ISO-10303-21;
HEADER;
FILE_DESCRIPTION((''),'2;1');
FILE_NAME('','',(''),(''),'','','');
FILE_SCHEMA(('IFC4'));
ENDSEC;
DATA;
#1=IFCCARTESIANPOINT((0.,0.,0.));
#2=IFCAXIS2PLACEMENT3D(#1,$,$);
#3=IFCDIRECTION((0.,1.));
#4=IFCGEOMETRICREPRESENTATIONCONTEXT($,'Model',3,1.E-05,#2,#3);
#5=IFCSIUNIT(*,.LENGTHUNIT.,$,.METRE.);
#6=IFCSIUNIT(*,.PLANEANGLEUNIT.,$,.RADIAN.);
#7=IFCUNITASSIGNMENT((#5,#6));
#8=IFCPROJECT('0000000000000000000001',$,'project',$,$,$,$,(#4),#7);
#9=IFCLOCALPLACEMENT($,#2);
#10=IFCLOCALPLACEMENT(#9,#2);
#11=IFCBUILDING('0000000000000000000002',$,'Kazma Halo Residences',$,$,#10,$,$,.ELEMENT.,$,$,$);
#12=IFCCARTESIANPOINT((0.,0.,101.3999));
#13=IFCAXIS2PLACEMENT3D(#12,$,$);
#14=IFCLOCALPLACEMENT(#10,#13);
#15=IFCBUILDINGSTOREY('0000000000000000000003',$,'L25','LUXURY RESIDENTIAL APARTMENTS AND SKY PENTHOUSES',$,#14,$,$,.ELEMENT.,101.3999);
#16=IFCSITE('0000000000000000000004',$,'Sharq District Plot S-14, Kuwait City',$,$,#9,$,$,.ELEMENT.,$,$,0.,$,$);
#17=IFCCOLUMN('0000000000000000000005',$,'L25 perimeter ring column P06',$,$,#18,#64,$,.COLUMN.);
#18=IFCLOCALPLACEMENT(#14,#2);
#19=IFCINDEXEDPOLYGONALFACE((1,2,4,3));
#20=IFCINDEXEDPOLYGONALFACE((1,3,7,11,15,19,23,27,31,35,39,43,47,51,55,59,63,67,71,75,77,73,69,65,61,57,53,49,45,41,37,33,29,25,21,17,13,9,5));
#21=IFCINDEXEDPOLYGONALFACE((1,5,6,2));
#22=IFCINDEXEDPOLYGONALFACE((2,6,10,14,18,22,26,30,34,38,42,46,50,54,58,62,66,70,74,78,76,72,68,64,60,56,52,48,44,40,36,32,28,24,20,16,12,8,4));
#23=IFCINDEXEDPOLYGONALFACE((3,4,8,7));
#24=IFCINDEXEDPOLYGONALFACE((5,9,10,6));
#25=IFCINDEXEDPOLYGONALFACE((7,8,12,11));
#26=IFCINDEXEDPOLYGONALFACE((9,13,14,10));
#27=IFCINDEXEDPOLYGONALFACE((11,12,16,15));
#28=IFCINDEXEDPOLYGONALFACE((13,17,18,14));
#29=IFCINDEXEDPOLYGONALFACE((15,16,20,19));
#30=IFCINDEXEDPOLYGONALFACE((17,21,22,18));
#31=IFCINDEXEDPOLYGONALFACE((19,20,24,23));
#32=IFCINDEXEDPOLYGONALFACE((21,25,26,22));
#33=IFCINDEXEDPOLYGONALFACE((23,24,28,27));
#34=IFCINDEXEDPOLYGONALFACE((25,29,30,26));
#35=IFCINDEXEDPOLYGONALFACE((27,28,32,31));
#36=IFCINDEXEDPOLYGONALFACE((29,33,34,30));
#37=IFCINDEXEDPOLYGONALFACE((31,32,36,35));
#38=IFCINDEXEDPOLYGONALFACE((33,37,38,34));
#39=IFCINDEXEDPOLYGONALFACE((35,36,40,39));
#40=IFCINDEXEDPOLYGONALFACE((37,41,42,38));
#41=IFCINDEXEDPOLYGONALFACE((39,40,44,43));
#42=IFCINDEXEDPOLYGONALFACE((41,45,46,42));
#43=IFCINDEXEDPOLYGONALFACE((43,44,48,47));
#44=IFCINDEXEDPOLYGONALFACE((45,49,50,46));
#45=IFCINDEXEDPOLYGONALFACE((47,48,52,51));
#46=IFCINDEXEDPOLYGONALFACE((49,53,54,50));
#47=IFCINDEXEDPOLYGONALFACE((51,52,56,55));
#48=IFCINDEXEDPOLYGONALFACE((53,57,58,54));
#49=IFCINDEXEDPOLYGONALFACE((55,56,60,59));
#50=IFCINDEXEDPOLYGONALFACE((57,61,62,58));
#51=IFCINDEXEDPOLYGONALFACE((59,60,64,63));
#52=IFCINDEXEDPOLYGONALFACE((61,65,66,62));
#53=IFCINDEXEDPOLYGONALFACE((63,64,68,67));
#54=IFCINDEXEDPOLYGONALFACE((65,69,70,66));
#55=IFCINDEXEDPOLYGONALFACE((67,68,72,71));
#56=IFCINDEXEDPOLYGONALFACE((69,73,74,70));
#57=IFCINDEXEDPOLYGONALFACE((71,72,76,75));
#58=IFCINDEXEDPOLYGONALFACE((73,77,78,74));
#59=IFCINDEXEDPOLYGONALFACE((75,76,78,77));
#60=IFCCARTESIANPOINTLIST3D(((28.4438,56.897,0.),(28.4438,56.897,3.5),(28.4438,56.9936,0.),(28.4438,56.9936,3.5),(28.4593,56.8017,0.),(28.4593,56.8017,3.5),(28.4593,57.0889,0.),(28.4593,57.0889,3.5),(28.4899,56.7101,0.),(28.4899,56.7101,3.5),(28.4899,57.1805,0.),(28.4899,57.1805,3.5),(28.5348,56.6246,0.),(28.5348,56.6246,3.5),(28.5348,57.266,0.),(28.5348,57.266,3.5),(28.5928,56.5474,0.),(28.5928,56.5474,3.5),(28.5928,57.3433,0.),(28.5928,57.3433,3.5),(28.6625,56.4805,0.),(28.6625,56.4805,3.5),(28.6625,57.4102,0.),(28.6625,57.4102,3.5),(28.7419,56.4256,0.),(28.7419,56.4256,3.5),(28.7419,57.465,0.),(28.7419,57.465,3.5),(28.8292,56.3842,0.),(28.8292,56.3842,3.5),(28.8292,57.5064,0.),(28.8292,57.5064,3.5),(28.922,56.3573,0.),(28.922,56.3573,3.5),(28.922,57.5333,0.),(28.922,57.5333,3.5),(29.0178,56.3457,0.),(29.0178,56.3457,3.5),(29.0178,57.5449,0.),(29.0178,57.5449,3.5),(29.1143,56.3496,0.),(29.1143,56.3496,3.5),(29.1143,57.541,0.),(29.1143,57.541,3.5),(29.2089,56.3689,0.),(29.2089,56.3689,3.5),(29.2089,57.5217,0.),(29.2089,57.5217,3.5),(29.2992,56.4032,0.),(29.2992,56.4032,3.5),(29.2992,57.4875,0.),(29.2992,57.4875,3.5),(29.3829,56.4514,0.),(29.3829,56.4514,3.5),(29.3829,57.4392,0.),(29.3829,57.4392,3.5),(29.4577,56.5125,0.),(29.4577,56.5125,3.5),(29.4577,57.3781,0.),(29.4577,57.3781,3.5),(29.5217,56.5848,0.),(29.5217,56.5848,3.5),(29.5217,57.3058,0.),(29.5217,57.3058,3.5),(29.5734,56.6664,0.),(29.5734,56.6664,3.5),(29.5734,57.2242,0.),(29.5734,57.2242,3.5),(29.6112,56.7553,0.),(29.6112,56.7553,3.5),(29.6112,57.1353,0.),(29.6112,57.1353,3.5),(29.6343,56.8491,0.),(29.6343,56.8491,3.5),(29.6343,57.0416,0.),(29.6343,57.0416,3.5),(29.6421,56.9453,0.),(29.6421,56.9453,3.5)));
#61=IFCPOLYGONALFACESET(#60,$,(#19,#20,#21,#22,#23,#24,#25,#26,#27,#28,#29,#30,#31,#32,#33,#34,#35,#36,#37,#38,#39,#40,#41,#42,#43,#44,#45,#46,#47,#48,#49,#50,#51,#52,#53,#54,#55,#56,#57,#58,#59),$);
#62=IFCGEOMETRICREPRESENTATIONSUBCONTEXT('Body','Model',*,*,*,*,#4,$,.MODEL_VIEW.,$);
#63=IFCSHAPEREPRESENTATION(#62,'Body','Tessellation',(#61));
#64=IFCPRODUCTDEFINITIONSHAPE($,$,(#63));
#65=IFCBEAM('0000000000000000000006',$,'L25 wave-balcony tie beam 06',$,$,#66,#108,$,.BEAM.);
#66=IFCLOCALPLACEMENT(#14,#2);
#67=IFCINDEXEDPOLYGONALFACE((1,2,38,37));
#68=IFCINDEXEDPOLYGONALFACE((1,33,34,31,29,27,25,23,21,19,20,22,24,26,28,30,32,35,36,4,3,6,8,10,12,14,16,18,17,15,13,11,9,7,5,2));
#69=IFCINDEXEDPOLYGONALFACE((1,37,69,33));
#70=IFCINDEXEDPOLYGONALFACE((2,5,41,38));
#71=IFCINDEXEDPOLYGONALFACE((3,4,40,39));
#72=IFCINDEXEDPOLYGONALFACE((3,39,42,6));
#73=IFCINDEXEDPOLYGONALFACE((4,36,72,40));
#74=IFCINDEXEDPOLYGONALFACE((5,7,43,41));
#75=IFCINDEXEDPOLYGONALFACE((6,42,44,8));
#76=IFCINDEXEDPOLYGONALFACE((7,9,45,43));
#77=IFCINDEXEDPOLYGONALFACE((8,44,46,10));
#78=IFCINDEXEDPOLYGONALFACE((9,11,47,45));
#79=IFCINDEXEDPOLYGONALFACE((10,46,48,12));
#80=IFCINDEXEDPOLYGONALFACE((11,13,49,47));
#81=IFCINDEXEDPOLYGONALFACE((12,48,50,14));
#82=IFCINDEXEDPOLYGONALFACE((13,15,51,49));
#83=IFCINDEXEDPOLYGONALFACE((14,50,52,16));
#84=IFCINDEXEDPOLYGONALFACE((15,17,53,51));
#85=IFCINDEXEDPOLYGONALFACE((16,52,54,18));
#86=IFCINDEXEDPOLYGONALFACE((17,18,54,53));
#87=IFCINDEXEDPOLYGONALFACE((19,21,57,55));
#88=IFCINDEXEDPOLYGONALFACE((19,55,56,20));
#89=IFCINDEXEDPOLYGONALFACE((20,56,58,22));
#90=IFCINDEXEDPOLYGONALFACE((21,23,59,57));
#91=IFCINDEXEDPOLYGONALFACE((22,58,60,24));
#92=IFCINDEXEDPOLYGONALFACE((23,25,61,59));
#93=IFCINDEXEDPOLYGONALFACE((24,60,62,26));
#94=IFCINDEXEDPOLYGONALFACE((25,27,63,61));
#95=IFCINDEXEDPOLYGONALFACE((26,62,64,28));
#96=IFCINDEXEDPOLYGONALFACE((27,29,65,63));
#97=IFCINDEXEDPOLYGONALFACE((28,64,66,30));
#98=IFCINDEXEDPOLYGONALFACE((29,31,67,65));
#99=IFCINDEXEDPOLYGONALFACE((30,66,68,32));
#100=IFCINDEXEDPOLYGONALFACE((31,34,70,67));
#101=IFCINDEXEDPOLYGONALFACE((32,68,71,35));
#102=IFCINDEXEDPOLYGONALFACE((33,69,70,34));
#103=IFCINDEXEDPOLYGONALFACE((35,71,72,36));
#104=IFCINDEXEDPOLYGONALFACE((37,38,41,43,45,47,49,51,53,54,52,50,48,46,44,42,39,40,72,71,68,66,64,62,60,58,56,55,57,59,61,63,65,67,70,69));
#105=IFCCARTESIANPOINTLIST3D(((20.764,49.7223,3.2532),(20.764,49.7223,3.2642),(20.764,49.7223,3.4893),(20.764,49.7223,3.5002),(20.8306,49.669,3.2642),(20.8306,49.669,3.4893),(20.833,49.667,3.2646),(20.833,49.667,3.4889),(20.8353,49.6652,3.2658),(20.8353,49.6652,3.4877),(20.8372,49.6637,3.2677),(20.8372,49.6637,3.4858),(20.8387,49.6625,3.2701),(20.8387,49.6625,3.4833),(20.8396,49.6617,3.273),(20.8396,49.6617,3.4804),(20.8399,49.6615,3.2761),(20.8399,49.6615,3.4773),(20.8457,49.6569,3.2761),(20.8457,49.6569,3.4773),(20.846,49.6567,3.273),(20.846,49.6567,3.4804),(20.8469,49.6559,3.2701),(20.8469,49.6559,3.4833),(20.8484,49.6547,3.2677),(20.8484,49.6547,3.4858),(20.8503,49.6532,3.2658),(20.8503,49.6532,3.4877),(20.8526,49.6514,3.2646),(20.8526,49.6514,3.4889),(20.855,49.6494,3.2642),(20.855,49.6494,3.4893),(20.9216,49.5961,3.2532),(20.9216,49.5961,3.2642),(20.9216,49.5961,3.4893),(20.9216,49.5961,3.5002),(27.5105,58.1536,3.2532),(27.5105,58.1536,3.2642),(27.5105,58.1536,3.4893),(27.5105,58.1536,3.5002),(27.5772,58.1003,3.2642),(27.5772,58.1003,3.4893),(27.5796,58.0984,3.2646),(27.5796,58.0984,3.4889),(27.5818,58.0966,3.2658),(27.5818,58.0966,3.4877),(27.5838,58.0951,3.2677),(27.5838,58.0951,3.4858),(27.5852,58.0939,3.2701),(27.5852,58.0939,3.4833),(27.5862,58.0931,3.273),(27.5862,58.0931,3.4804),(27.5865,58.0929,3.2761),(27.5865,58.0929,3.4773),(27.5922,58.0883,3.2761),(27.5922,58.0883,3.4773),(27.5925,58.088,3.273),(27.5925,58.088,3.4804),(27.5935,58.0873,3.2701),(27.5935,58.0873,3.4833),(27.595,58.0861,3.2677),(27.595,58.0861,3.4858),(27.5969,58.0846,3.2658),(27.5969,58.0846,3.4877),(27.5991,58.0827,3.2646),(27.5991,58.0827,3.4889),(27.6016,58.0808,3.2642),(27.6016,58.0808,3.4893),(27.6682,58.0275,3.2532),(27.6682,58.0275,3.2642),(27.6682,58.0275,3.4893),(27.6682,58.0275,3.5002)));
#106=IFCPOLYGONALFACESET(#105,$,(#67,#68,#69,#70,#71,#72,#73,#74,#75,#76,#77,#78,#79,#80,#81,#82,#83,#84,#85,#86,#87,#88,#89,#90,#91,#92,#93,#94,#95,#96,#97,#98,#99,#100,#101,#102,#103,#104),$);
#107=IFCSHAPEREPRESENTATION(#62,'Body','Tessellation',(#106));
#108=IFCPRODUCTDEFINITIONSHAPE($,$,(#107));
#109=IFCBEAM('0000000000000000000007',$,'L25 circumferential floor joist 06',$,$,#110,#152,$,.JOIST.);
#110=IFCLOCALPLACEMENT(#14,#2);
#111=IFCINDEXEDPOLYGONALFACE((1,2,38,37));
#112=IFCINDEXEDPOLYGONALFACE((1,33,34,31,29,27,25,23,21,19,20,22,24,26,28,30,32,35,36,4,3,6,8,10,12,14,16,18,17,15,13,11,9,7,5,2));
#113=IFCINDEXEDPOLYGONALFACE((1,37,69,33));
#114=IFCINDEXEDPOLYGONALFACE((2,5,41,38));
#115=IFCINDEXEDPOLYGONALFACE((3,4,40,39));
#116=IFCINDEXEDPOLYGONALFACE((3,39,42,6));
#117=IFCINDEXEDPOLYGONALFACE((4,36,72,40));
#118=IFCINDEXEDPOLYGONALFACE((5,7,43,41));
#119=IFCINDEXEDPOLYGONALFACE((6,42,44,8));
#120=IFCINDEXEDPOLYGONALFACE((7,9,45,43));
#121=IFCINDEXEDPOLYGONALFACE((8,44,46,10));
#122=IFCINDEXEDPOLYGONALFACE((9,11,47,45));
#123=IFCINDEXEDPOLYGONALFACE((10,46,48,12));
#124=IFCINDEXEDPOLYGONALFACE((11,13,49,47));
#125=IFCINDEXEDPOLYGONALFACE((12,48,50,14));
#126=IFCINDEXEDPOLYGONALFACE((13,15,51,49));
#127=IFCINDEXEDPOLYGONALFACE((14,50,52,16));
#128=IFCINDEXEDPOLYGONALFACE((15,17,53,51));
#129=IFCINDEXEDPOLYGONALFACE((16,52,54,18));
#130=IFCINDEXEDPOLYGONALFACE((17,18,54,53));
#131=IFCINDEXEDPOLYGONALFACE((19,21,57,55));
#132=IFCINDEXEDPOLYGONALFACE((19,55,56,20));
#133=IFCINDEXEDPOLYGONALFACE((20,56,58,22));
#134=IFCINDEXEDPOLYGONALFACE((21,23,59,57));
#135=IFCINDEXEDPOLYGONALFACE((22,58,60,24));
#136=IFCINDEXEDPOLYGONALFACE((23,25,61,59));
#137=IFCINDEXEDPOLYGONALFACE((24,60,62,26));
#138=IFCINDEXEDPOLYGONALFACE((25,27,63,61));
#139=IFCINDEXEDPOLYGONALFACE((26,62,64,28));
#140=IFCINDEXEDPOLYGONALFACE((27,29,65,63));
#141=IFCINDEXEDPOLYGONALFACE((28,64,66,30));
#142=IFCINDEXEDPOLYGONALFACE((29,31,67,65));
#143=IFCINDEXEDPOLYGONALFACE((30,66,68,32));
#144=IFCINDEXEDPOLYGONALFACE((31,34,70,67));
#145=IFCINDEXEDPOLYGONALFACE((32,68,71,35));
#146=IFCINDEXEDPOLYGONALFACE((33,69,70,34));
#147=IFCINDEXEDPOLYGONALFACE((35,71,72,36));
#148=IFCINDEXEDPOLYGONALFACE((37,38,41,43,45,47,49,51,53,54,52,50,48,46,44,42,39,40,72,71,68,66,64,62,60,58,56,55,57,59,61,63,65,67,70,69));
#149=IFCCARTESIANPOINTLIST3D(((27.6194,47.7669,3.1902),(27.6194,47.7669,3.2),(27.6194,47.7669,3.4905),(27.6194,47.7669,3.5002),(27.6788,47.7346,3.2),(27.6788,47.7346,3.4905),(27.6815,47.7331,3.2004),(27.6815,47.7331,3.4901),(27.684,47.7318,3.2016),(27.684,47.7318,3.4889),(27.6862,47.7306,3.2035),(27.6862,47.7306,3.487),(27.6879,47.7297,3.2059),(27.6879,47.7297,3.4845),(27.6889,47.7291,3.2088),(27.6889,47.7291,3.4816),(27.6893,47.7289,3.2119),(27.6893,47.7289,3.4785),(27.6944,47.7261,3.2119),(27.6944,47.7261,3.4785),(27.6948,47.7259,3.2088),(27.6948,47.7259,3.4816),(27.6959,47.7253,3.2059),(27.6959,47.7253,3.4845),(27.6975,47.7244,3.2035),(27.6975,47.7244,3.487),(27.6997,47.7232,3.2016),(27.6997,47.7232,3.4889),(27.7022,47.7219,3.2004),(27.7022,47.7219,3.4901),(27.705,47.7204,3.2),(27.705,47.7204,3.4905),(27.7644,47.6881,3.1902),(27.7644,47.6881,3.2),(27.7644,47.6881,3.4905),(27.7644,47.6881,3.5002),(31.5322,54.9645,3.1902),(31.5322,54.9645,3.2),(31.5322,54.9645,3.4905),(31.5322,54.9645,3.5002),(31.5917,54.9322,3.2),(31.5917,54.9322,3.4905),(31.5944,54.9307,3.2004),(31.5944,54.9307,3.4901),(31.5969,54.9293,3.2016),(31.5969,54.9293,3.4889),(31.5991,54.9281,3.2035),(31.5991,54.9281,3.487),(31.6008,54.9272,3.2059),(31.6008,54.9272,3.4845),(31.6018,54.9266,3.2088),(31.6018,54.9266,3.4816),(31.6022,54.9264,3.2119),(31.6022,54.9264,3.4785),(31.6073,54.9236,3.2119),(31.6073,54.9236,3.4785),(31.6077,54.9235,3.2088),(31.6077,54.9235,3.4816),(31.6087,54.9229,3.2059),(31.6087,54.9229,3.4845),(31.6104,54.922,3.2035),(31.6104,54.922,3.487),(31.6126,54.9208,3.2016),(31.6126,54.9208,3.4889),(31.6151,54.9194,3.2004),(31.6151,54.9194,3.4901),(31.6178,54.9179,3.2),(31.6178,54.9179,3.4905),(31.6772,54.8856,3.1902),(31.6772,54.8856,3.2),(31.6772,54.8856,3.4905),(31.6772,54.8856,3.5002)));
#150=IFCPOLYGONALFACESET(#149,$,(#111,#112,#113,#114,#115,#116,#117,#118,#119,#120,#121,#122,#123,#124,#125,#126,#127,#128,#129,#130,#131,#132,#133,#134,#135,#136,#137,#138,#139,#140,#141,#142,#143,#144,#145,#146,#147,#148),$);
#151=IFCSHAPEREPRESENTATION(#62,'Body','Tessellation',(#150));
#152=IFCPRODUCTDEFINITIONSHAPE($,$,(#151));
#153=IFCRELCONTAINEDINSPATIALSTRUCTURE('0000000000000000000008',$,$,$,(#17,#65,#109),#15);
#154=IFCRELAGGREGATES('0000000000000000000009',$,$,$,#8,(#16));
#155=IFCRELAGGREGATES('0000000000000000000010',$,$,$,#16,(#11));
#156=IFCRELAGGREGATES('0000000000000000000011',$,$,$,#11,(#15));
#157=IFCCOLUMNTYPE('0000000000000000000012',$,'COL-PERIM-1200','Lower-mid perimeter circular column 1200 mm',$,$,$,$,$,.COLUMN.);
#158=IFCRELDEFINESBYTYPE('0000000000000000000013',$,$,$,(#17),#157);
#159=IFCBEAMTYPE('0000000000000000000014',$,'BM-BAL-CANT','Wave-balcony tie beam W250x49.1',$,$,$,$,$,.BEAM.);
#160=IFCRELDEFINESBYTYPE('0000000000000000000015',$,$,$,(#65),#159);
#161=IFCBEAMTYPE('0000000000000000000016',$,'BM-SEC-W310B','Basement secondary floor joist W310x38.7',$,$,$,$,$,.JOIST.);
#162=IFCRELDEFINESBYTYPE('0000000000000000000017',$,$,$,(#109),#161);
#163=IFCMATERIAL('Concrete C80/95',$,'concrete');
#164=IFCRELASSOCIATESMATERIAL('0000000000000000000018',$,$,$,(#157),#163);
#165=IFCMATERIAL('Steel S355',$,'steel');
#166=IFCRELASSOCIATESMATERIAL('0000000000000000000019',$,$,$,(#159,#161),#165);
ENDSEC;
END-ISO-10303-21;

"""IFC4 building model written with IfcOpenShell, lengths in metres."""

from ifc_helpers import new_model, si_unit, direction, frame, origin, origin_2d, place, context, subcontext, project, spatial, circle, i_section, extrude, material, material_profile, profile_set, type_object, element, save


model = new_model("IFC4")

# Units and contexts
model_context = context("Model", 3, precision=1e-05, world=origin(), true_north=direction((0.0, 1.0)))
body_context = subcontext(model_context, "Body", "Model", "MODEL_VIEW")
ifc_project = project(units=[si_unit("LENGTHUNIT", "METRE"), si_unit("PLANEANGLEUNIT", "RADIAN")], contexts=[model_context])

# Site, building, storey
site_placement = place(None, origin())
site = spatial("IfcSite", under=ifc_project, at=site_placement, Name="Sharq District Plot S-14, Kuwait City", CompositionType="ELEMENT", RefElevation=0.0)
building_placement = place(site_placement, origin())
building = spatial("IfcBuilding", under=site, at=building_placement, Name="Kazma Halo Residences", CompositionType="ELEMENT")
storey_placement = place(building_placement, frame((0.0, 0.0, 101.3999)))
storey = spatial("IfcBuildingStorey", under=building, at=storey_placement, Name="L25", Description="LUXURY RESIDENTIAL APARTMENTS AND SKY PENTHOUSES", CompositionType="ELEMENT", Elevation=101.3999)

# Column
ifc_material_1 = material(Name="Concrete C80/95", Category="concrete")
ifc_material_profile_1 = material_profile(ifc_material_1, circle(Radius=0.6001, at=origin_2d()), Name="CIRC1200")
ifc_profile_set_1 = profile_set([ifc_material_profile_1], Name="Concrete C80/95")
column_type = type_object("IfcColumnType", Name="COL-PERIM-1200", Description="Lower-mid perimeter circular column 1200 mm", PredefinedType="COLUMN", material=ifc_profile_set_1)
column_placement = place(storey_placement, frame((29.042, 56.9453, 0.0), z_axis=(0.0, 0.0, 1.0), x_axis=(1.0, 0.0, 0.0)))
element("IfcColumn", 1, at=column_placement, inside=storey, type_object=column_type, Name="L25 perimeter ring column P06", PredefinedType="COLUMN", context=body_context, shape_type="SweptSolid", body=[
    extrude(circle(Radius=0.6001, at=origin_2d()), origin(), (0.0, 0.0, 1.0), 3.5),
])

# Beams
ifc_material_2 = material(Name="Steel S355", Category="steel")
ifc_material_profile_2 = material_profile(ifc_material_2, i_section(OverallWidth=0.2019, OverallDepth=0.2471, WebThickness=0.0073, FlangeThickness=0.011, FilletRadius=0.012, at=origin_2d()), Name="W250x49.1")
ifc_profile_set_2 = profile_set([ifc_material_profile_2], Name="Steel S355")
beam_type_1 = type_object("IfcBeamType", Name="BM-BAL-CANT", Description="Wave-balcony tie beam W250x49.1", PredefinedType="BEAM", material=ifc_profile_set_2)
beam_1_placement = place(storey_placement, frame((27.5894, 58.0906, 3.3767), z_axis=(-0.624778, -0.780803, 0.0), x_axis=(0.780803, -0.624778, 0.0)))
element("IfcBeam", 2, at=beam_1_placement, inside=storey, type_object=beam_type_1, Name="L25 wave-balcony tie beam 06", PredefinedType="BEAM", context=body_context, shape_type="SweptSolid", body=[
    extrude(i_section(OverallWidth=0.2019, OverallDepth=0.2471, WebThickness=0.0073, FlangeThickness=0.011, FilletRadius=0.012, at=origin_2d()), origin(), (0.0, 0.0, 1.0), 10.7983),
])
ifc_material_profile_3 = material_profile(ifc_material_2, i_section(OverallWidth=0.165, OverallDepth=0.3101, WebThickness=0.0059, FlangeThickness=0.0098, FilletRadius=0.012, at=origin_2d()), Name="W310x38.7")
ifc_profile_set_3 = profile_set([ifc_material_profile_3], Name="Steel S355")
beam_type_2 = type_object("IfcBeamType", Name="BM-SEC-W310B", Description="Basement secondary floor joist W310x38.7", PredefinedType="JOIST", material=ifc_profile_set_3)
beam_2_placement = place(storey_placement, frame((31.6047, 54.925, 3.3452), z_axis=(-0.477622, -0.878566, 0.0), x_axis=(0.878566, -0.477622, 0.0)))
element("IfcBeam", 3, at=beam_2_placement, inside=storey, type_object=beam_type_2, Name="L25 circumferential floor joist 06", PredefinedType="JOIST", context=body_context, shape_type="SweptSolid", body=[
    extrude(i_section(OverallWidth=0.165, OverallDepth=0.3101, WebThickness=0.0059, FlangeThickness=0.0098, FilletRadius=0.012, at=origin_2d()), origin(), (0.0, 0.0, 1.0), 8.1924),
])

save(model, "model.ifc")
